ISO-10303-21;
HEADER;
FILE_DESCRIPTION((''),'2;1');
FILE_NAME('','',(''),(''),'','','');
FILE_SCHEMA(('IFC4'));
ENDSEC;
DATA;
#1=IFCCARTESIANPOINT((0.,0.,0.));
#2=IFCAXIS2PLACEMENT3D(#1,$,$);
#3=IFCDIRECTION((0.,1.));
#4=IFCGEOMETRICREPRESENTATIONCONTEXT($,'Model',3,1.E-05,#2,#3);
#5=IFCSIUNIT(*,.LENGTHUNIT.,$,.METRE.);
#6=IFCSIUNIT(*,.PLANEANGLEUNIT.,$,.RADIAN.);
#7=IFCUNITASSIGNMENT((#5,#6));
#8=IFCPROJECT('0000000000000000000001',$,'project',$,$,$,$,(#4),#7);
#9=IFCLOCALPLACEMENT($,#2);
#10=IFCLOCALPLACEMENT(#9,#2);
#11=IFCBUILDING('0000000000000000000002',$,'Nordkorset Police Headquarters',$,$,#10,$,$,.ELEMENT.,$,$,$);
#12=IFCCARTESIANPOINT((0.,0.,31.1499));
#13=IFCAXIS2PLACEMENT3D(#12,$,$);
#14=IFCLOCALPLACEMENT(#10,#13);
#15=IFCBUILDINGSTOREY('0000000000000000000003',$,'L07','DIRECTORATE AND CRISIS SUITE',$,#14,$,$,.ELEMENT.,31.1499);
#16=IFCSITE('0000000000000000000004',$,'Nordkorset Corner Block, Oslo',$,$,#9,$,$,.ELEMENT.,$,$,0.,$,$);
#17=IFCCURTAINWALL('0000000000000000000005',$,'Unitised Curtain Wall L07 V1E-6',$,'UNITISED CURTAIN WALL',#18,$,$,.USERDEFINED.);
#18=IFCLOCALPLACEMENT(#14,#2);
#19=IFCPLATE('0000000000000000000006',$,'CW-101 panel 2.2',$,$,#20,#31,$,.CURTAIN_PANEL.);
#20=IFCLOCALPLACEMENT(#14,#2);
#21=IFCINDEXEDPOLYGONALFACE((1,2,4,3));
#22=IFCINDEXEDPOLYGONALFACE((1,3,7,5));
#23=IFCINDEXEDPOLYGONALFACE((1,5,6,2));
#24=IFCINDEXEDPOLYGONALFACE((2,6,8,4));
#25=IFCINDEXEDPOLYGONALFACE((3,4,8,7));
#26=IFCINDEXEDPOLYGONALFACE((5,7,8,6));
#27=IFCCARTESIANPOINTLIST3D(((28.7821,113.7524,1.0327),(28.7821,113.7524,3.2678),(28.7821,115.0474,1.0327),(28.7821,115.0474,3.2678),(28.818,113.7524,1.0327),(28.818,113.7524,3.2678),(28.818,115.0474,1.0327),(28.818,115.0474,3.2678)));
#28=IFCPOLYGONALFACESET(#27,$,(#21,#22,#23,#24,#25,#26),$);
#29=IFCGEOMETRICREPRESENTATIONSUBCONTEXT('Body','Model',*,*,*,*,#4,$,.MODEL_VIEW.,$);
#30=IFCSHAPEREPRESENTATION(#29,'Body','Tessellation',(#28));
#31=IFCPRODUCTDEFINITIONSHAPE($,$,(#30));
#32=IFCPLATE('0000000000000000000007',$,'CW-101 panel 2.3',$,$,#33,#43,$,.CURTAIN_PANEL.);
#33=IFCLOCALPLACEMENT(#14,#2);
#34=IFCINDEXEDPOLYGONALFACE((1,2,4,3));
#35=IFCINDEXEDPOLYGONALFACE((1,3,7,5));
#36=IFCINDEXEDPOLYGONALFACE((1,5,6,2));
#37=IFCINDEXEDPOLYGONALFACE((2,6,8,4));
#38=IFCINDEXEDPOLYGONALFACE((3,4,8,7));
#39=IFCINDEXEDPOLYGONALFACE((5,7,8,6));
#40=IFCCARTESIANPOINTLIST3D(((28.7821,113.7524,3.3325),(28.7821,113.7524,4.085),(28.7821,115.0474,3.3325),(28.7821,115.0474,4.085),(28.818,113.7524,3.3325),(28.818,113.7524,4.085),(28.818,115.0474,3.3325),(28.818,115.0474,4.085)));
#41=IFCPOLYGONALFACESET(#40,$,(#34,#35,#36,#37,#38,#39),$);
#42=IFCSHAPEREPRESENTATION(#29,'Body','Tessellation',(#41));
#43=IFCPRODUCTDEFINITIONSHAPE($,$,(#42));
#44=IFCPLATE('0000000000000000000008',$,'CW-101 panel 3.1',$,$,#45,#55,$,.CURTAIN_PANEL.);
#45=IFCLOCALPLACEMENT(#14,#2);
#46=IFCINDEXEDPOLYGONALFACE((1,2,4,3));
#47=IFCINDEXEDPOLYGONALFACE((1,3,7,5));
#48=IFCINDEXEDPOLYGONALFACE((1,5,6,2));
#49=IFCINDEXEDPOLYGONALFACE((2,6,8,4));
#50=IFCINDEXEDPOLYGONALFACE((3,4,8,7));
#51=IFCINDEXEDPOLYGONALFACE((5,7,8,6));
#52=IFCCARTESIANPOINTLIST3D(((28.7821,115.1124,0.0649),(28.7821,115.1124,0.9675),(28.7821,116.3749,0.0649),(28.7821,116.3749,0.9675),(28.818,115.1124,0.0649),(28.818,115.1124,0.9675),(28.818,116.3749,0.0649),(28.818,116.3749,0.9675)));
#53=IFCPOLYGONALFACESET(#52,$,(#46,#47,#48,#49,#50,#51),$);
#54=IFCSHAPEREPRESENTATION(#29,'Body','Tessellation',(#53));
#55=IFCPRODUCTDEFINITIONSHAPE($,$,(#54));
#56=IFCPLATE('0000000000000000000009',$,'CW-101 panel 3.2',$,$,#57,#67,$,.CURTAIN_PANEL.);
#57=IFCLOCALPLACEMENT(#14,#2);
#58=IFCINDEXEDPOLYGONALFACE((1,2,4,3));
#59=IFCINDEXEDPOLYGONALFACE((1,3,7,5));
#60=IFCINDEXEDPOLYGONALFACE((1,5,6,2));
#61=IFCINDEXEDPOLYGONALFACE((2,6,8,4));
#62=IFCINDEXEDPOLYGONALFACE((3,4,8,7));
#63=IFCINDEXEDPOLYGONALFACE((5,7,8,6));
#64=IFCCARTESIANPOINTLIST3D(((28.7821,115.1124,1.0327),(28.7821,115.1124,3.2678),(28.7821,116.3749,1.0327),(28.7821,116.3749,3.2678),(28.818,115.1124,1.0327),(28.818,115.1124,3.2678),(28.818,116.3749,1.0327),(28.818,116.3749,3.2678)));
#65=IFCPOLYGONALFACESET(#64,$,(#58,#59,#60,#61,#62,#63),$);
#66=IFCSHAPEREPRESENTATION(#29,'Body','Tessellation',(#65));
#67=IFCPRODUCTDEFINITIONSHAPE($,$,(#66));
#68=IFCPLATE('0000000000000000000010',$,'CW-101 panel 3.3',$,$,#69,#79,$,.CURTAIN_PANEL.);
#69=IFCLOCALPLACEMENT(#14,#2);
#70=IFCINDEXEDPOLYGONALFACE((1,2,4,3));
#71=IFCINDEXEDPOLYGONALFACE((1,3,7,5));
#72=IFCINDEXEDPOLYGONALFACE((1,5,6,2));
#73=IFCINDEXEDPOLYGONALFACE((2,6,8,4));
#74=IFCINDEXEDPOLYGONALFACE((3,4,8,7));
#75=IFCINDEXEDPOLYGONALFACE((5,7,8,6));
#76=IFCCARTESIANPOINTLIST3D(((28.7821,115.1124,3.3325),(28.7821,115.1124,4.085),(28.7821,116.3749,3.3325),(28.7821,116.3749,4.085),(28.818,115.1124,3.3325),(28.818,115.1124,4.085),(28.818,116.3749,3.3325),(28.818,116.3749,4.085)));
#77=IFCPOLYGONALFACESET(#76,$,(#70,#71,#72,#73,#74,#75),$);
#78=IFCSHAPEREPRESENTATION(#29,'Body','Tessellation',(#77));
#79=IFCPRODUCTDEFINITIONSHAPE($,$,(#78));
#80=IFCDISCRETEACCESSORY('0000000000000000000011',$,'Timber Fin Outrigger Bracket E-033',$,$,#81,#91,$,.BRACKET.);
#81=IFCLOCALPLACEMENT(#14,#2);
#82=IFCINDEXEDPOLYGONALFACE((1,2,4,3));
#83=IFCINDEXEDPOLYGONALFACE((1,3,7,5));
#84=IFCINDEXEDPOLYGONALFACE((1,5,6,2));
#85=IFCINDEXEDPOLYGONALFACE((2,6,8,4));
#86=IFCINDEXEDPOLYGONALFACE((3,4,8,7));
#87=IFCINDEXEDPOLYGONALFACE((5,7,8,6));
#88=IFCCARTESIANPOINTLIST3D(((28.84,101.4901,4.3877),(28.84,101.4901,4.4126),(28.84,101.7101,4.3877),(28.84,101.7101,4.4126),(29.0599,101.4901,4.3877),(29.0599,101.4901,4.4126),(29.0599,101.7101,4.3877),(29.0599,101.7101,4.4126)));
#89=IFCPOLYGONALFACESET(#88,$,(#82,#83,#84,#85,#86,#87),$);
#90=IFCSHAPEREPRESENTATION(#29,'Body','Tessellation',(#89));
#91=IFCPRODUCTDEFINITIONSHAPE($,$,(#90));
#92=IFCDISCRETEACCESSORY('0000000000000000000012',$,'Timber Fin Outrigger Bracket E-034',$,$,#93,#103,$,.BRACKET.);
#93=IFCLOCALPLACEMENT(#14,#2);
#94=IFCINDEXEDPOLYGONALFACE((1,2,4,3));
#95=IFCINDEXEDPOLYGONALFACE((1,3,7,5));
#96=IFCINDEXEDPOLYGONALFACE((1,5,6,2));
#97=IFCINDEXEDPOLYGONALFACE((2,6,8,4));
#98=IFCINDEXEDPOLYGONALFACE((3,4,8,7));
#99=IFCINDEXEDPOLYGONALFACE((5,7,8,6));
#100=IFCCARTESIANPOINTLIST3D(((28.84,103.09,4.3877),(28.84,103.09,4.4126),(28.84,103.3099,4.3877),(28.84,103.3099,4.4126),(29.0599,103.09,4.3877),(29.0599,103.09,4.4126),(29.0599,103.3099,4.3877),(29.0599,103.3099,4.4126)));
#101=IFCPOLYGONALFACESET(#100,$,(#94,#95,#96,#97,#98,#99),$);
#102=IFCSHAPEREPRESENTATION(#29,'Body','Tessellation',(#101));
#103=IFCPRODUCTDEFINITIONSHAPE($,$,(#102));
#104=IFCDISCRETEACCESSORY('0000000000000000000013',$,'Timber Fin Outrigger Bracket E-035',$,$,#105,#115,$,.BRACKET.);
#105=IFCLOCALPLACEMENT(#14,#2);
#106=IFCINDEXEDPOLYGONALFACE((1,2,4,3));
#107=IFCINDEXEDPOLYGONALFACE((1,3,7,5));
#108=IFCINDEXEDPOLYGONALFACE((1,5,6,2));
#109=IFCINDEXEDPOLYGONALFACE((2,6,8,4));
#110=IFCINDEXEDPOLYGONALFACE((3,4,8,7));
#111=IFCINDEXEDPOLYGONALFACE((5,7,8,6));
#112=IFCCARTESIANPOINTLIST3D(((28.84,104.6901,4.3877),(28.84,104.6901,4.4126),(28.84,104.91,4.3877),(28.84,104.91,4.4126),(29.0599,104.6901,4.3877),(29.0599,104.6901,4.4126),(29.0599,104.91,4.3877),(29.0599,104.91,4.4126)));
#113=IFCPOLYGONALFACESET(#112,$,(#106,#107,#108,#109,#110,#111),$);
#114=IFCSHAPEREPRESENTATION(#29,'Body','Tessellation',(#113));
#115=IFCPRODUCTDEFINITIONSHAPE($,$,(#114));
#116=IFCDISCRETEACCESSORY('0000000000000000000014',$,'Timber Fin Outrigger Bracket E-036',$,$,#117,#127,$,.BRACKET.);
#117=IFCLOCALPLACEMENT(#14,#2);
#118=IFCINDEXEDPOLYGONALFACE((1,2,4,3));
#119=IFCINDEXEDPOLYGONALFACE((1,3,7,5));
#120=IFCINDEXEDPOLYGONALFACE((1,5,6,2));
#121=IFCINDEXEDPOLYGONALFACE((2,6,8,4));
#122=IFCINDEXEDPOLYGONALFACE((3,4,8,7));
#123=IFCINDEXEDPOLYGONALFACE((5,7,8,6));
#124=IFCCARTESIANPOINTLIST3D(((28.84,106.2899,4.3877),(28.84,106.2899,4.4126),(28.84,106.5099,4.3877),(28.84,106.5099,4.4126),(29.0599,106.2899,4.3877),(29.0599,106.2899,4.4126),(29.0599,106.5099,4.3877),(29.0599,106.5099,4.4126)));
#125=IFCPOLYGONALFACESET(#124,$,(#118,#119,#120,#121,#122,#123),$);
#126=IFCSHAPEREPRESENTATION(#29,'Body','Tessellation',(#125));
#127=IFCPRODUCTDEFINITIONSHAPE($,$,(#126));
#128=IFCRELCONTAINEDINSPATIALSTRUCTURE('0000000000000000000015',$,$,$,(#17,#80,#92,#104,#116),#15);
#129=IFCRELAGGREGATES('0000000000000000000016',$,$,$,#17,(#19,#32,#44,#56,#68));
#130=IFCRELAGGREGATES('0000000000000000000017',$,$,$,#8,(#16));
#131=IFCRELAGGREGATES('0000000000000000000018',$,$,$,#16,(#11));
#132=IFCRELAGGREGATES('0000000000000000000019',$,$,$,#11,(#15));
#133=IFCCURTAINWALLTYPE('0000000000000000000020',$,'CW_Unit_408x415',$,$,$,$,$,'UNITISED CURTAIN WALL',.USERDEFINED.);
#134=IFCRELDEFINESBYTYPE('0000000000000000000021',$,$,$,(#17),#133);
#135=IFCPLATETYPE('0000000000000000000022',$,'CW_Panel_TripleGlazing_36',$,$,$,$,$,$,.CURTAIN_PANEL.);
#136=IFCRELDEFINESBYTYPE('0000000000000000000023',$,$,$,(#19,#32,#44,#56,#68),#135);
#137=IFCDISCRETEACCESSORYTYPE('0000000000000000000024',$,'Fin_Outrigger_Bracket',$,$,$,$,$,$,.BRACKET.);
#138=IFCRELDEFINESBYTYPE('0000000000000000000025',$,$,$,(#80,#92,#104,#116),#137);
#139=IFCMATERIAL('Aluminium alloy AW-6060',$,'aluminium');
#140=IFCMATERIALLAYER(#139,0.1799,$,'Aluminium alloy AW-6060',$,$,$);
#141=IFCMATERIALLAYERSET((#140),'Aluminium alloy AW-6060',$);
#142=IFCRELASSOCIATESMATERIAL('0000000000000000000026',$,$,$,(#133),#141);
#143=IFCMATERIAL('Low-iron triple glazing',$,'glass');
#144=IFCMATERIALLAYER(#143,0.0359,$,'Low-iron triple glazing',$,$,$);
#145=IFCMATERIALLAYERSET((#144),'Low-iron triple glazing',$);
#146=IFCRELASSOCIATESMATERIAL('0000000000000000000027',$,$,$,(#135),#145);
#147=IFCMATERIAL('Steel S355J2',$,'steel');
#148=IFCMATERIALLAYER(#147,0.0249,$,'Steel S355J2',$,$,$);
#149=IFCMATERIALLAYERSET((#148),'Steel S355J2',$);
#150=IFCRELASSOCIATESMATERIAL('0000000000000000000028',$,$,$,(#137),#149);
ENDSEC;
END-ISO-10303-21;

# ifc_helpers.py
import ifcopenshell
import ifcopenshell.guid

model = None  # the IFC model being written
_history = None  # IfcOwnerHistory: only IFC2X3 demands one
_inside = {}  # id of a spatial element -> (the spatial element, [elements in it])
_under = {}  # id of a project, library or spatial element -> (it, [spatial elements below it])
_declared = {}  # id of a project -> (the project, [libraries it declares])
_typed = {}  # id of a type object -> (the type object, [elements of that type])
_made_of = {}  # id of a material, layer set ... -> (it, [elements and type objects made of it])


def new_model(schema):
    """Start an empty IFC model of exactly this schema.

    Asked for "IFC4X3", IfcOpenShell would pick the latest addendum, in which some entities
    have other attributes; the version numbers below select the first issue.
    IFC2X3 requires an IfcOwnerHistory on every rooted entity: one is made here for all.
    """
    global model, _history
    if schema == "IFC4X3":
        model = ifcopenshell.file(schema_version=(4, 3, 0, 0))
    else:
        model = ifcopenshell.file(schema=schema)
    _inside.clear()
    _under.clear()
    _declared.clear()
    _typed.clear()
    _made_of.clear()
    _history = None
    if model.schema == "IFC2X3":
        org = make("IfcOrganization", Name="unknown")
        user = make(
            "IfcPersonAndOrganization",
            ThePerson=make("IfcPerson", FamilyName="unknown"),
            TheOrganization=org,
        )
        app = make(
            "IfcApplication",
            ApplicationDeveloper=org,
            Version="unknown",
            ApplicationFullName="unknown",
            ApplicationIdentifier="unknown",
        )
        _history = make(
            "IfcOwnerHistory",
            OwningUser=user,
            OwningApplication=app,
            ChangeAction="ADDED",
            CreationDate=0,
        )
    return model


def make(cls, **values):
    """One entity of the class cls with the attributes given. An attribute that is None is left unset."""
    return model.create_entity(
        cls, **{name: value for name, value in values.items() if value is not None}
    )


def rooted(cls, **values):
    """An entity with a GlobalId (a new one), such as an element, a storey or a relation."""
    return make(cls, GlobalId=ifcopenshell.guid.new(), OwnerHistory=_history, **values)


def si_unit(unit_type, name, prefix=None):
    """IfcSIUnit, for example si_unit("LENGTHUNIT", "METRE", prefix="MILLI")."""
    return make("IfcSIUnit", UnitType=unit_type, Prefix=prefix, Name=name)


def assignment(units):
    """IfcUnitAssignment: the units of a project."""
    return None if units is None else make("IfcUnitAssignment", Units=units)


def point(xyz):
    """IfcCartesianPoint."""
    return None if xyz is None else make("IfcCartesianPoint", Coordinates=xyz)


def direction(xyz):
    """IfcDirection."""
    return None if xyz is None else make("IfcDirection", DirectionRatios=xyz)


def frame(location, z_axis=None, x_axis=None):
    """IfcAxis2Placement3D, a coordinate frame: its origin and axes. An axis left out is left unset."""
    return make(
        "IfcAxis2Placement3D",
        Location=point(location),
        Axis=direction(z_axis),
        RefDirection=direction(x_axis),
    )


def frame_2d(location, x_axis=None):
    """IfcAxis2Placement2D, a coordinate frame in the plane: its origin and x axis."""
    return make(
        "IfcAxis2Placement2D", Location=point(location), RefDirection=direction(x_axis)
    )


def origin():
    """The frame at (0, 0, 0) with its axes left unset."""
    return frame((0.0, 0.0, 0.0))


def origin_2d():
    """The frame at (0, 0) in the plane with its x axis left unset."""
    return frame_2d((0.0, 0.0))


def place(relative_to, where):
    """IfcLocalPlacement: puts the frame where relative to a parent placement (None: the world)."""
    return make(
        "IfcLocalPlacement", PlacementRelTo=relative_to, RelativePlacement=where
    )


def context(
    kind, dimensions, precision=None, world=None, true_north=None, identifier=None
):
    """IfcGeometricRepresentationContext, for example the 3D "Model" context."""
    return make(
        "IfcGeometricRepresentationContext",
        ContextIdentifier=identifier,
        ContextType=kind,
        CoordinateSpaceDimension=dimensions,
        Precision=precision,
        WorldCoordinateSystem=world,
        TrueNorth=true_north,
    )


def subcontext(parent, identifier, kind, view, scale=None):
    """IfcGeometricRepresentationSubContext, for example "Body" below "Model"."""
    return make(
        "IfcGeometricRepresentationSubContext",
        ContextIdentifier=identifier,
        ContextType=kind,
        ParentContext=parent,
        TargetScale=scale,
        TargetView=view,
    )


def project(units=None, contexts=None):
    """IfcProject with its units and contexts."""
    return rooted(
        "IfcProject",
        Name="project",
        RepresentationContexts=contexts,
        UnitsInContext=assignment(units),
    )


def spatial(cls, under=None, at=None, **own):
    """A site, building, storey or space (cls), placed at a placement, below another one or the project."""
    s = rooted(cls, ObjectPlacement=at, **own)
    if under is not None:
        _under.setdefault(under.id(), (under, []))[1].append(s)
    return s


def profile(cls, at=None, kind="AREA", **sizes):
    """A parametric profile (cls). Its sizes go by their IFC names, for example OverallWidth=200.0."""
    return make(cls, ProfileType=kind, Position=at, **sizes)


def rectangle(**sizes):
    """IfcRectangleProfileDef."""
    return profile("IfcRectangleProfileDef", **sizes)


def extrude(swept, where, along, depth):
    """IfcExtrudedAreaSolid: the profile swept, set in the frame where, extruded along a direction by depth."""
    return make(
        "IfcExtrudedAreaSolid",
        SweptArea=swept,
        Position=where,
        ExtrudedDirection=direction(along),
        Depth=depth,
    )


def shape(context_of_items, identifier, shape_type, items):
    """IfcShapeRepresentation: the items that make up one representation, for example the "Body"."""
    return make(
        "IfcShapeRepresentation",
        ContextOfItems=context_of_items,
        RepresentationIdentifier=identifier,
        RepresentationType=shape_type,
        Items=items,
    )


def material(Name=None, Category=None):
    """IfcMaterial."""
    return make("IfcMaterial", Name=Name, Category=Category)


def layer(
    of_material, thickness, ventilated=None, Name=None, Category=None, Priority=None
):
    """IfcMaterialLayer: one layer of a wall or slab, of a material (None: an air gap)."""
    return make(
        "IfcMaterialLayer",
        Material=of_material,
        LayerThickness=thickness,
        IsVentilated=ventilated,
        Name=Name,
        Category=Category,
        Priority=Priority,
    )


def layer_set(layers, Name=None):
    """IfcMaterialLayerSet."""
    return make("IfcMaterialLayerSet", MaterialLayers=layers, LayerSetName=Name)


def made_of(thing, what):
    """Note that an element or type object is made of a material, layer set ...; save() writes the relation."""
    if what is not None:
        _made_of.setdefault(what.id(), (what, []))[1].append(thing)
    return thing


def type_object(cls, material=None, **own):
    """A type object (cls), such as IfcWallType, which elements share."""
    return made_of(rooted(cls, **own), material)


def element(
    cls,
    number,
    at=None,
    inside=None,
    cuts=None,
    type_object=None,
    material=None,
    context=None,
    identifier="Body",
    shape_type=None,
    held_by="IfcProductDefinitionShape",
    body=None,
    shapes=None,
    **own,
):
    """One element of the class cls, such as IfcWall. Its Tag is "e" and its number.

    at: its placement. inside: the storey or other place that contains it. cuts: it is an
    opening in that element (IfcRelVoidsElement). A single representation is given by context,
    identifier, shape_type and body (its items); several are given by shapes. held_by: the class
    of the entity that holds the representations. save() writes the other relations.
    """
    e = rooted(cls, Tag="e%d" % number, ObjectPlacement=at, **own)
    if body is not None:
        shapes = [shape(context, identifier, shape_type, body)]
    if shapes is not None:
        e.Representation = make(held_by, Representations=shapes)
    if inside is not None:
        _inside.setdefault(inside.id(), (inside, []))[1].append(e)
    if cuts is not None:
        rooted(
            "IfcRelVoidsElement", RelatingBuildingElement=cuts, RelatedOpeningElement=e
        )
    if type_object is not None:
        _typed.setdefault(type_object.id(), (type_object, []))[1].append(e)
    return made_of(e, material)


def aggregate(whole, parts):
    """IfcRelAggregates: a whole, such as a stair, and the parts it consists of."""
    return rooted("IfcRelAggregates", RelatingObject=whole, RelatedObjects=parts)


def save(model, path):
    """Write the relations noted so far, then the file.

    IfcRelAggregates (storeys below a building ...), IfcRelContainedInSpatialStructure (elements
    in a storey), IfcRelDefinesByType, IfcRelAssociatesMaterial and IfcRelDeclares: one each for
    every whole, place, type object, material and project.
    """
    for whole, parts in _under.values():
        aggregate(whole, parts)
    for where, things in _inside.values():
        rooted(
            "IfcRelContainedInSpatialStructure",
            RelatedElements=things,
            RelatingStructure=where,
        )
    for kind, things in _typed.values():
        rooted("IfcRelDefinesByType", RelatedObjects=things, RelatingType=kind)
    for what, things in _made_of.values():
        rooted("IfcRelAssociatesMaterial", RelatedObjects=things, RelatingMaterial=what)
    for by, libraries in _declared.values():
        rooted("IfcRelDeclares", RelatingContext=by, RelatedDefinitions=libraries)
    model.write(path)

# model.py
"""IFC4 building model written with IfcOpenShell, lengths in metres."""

from ifc_helpers import new_model, si_unit, direction, frame, origin, origin_2d, place, context, subcontext, project, spatial, rectangle, extrude, material, layer, layer_set, type_object, element, aggregate, save


model = new_model("IFC4")

# Units and contexts
model_context = context("Model", 3, precision=1e-05, world=origin(), true_north=direction((0.0, 1.0)))
body_context = subcontext(model_context, "Body", "Model", "MODEL_VIEW")
ifc_project = project(units=[si_unit("LENGTHUNIT", "METRE"), si_unit("PLANEANGLEUNIT", "RADIAN")], contexts=[model_context])

# Site, building, storey
site_placement = place(None, origin())
site = spatial("IfcSite", under=ifc_project, at=site_placement, Name="Nordkorset Corner Block, Oslo", CompositionType="ELEMENT", RefElevation=0.0)
building_placement = place(site_placement, origin())
building = spatial("IfcBuilding", under=site, at=building_placement, Name="Nordkorset Police Headquarters", CompositionType="ELEMENT")
storey_placement = place(building_placement, frame((0.0, 0.0, 31.1499)))
storey = spatial("IfcBuildingStorey", under=building, at=storey_placement, Name="L07", Description="DIRECTORATE AND CRISIS SUITE", CompositionType="ELEMENT", Elevation=31.1499)

# Curtain wall
ifc_material_1 = material(Name="Aluminium alloy AW-6060", Category="aluminium")
ifc_layer_1 = layer(ifc_material_1, 0.1799, Name="Aluminium alloy AW-6060")
ifc_layer_set_1 = layer_set([ifc_layer_1], Name="Aluminium alloy AW-6060")
curtain_wall_type = type_object("IfcCurtainWallType", Name="CW_Unit_408x415", ElementType="UNITISED CURTAIN WALL", PredefinedType="USERDEFINED", material=ifc_layer_set_1)
curtain_wall_placement = place(storey_placement, origin())
curtain_wall = element("IfcCurtainWall", 1, at=curtain_wall_placement, inside=storey, type_object=curtain_wall_type, Name="Unitised Curtain Wall L07 V1E-6", ObjectType="UNITISED CURTAIN WALL", PredefinedType="USERDEFINED")

# Plates
ifc_material_2 = material(Name="Low-iron triple glazing", Category="glass")
ifc_layer_2 = layer(ifc_material_2, 0.0359, Name="Low-iron triple glazing")
ifc_layer_set_2 = layer_set([ifc_layer_2], Name="Low-iron triple glazing")
plate_type = type_object("IfcPlateType", Name="CW_Panel_TripleGlazing_36", PredefinedType="CURTAIN_PANEL", material=ifc_layer_set_2)
plate_1_placement = place(storey_placement, frame((28.8, 114.3999, 1.0327), z_axis=(0.0, 0.0, 1.0), x_axis=(0.0, 1.0, 0.0)))
plate_1 = element("IfcPlate", 2, at=plate_1_placement, type_object=plate_type, Name="CW-101 panel 2.2", PredefinedType="CURTAIN_PANEL", context=body_context, shape_type="SweptSolid", body=[
    extrude(rectangle(XDim=1.2949, YDim=0.0359, at=origin_2d()), origin(), (0.0, 0.0, 1.0), 2.2351),
])
plate_2_placement = place(storey_placement, frame((28.8, 114.3999, 3.3325), z_axis=(0.0, 0.0, 1.0), x_axis=(0.0, 1.0, 0.0)))
plate_2 = element("IfcPlate", 3, at=plate_2_placement, type_object=plate_type, Name="CW-101 panel 2.3", PredefinedType="CURTAIN_PANEL", context=body_context, shape_type="SweptSolid", body=[
    extrude(rectangle(XDim=1.2949, YDim=0.0359, at=origin_2d()), origin(), (0.0, 0.0, 1.0), 0.7524),
])
plate_3_placement = place(storey_placement, frame((28.8, 115.7437, 0.0649), z_axis=(0.0, 0.0, 1.0), x_axis=(0.0, 1.0, 0.0)))
plate_3 = element("IfcPlate", 4, at=plate_3_placement, type_object=plate_type, Name="CW-101 panel 3.1", PredefinedType="CURTAIN_PANEL", context=body_context, shape_type="SweptSolid", body=[
    extrude(rectangle(XDim=1.2625, YDim=0.0359, at=origin_2d()), origin(), (0.0, 0.0, 1.0), 0.9026),
])
plate_4_placement = place(storey_placement, frame((28.8, 115.7437, 1.0327), z_axis=(0.0, 0.0, 1.0), x_axis=(0.0, 1.0, 0.0)))
plate_4 = element("IfcPlate", 5, at=plate_4_placement, type_object=plate_type, Name="CW-101 panel 3.2", PredefinedType="CURTAIN_PANEL", context=body_context, shape_type="SweptSolid", body=[
    extrude(rectangle(XDim=1.2625, YDim=0.0359, at=origin_2d()), origin(), (0.0, 0.0, 1.0), 2.2351),
])
plate_5_placement = place(storey_placement, frame((28.8, 115.7437, 3.3325), z_axis=(0.0, 0.0, 1.0), x_axis=(0.0, 1.0, 0.0)))
plate_5 = element("IfcPlate", 6, at=plate_5_placement, type_object=plate_type, Name="CW-101 panel 3.3", PredefinedType="CURTAIN_PANEL", context=body_context, shape_type="SweptSolid", body=[
    extrude(rectangle(XDim=1.2625, YDim=0.0359, at=origin_2d()), origin(), (0.0, 0.0, 1.0), 0.7524),
])
aggregate(curtain_wall, [plate_1, plate_2, plate_3, plate_4, plate_5])

# Discrete accessories
ifc_material_3 = material(Name="Steel S355J2", Category="steel")
ifc_layer_3 = layer(ifc_material_3, 0.0249, Name="Steel S355J2")
ifc_layer_set_3 = layer_set([ifc_layer_3], Name="Steel S355J2")
discrete_accessory_type = type_object("IfcDiscreteAccessoryType", Name="Fin_Outrigger_Bracket", PredefinedType="BRACKET", material=ifc_layer_set_3)
for number, where, z_axis, x_axis, name in (
    (7, (28.95, 101.6001, 4.3877), (0.0, 0.0, 1.0), (1.0, 0.0, 0.0), "Timber Fin Outrigger Bracket E-033"),
    (8, (28.95, 103.2, 4.3877), (0.0, 0.0, 1.0), (1.0, 0.0, 0.0), "Timber Fin Outrigger Bracket E-034"),
    (9, (28.95, 104.8, 4.3877), (0.0, 0.0, 1.0), (1.0, 0.0, 0.0), "Timber Fin Outrigger Bracket E-035"),
    (10, (28.95, 106.3999, 4.3877), (0.0, 0.0, 1.0), (1.0, 0.0, 0.0), "Timber Fin Outrigger Bracket E-036"),
):
    element("IfcDiscreteAccessory", number, at=place(storey_placement, frame(where, z_axis=z_axis, x_axis=x_axis)), inside=storey, type_object=discrete_accessory_type, Name=name, PredefinedType="BRACKET", context=body_context, shape_type="SweptSolid", body=[
        extrude(rectangle(XDim=0.22, YDim=0.22, at=origin_2d()), origin(), (0.0, 0.0, 1.0), 0.0249),
    ])

save(model, "model.ifc")
